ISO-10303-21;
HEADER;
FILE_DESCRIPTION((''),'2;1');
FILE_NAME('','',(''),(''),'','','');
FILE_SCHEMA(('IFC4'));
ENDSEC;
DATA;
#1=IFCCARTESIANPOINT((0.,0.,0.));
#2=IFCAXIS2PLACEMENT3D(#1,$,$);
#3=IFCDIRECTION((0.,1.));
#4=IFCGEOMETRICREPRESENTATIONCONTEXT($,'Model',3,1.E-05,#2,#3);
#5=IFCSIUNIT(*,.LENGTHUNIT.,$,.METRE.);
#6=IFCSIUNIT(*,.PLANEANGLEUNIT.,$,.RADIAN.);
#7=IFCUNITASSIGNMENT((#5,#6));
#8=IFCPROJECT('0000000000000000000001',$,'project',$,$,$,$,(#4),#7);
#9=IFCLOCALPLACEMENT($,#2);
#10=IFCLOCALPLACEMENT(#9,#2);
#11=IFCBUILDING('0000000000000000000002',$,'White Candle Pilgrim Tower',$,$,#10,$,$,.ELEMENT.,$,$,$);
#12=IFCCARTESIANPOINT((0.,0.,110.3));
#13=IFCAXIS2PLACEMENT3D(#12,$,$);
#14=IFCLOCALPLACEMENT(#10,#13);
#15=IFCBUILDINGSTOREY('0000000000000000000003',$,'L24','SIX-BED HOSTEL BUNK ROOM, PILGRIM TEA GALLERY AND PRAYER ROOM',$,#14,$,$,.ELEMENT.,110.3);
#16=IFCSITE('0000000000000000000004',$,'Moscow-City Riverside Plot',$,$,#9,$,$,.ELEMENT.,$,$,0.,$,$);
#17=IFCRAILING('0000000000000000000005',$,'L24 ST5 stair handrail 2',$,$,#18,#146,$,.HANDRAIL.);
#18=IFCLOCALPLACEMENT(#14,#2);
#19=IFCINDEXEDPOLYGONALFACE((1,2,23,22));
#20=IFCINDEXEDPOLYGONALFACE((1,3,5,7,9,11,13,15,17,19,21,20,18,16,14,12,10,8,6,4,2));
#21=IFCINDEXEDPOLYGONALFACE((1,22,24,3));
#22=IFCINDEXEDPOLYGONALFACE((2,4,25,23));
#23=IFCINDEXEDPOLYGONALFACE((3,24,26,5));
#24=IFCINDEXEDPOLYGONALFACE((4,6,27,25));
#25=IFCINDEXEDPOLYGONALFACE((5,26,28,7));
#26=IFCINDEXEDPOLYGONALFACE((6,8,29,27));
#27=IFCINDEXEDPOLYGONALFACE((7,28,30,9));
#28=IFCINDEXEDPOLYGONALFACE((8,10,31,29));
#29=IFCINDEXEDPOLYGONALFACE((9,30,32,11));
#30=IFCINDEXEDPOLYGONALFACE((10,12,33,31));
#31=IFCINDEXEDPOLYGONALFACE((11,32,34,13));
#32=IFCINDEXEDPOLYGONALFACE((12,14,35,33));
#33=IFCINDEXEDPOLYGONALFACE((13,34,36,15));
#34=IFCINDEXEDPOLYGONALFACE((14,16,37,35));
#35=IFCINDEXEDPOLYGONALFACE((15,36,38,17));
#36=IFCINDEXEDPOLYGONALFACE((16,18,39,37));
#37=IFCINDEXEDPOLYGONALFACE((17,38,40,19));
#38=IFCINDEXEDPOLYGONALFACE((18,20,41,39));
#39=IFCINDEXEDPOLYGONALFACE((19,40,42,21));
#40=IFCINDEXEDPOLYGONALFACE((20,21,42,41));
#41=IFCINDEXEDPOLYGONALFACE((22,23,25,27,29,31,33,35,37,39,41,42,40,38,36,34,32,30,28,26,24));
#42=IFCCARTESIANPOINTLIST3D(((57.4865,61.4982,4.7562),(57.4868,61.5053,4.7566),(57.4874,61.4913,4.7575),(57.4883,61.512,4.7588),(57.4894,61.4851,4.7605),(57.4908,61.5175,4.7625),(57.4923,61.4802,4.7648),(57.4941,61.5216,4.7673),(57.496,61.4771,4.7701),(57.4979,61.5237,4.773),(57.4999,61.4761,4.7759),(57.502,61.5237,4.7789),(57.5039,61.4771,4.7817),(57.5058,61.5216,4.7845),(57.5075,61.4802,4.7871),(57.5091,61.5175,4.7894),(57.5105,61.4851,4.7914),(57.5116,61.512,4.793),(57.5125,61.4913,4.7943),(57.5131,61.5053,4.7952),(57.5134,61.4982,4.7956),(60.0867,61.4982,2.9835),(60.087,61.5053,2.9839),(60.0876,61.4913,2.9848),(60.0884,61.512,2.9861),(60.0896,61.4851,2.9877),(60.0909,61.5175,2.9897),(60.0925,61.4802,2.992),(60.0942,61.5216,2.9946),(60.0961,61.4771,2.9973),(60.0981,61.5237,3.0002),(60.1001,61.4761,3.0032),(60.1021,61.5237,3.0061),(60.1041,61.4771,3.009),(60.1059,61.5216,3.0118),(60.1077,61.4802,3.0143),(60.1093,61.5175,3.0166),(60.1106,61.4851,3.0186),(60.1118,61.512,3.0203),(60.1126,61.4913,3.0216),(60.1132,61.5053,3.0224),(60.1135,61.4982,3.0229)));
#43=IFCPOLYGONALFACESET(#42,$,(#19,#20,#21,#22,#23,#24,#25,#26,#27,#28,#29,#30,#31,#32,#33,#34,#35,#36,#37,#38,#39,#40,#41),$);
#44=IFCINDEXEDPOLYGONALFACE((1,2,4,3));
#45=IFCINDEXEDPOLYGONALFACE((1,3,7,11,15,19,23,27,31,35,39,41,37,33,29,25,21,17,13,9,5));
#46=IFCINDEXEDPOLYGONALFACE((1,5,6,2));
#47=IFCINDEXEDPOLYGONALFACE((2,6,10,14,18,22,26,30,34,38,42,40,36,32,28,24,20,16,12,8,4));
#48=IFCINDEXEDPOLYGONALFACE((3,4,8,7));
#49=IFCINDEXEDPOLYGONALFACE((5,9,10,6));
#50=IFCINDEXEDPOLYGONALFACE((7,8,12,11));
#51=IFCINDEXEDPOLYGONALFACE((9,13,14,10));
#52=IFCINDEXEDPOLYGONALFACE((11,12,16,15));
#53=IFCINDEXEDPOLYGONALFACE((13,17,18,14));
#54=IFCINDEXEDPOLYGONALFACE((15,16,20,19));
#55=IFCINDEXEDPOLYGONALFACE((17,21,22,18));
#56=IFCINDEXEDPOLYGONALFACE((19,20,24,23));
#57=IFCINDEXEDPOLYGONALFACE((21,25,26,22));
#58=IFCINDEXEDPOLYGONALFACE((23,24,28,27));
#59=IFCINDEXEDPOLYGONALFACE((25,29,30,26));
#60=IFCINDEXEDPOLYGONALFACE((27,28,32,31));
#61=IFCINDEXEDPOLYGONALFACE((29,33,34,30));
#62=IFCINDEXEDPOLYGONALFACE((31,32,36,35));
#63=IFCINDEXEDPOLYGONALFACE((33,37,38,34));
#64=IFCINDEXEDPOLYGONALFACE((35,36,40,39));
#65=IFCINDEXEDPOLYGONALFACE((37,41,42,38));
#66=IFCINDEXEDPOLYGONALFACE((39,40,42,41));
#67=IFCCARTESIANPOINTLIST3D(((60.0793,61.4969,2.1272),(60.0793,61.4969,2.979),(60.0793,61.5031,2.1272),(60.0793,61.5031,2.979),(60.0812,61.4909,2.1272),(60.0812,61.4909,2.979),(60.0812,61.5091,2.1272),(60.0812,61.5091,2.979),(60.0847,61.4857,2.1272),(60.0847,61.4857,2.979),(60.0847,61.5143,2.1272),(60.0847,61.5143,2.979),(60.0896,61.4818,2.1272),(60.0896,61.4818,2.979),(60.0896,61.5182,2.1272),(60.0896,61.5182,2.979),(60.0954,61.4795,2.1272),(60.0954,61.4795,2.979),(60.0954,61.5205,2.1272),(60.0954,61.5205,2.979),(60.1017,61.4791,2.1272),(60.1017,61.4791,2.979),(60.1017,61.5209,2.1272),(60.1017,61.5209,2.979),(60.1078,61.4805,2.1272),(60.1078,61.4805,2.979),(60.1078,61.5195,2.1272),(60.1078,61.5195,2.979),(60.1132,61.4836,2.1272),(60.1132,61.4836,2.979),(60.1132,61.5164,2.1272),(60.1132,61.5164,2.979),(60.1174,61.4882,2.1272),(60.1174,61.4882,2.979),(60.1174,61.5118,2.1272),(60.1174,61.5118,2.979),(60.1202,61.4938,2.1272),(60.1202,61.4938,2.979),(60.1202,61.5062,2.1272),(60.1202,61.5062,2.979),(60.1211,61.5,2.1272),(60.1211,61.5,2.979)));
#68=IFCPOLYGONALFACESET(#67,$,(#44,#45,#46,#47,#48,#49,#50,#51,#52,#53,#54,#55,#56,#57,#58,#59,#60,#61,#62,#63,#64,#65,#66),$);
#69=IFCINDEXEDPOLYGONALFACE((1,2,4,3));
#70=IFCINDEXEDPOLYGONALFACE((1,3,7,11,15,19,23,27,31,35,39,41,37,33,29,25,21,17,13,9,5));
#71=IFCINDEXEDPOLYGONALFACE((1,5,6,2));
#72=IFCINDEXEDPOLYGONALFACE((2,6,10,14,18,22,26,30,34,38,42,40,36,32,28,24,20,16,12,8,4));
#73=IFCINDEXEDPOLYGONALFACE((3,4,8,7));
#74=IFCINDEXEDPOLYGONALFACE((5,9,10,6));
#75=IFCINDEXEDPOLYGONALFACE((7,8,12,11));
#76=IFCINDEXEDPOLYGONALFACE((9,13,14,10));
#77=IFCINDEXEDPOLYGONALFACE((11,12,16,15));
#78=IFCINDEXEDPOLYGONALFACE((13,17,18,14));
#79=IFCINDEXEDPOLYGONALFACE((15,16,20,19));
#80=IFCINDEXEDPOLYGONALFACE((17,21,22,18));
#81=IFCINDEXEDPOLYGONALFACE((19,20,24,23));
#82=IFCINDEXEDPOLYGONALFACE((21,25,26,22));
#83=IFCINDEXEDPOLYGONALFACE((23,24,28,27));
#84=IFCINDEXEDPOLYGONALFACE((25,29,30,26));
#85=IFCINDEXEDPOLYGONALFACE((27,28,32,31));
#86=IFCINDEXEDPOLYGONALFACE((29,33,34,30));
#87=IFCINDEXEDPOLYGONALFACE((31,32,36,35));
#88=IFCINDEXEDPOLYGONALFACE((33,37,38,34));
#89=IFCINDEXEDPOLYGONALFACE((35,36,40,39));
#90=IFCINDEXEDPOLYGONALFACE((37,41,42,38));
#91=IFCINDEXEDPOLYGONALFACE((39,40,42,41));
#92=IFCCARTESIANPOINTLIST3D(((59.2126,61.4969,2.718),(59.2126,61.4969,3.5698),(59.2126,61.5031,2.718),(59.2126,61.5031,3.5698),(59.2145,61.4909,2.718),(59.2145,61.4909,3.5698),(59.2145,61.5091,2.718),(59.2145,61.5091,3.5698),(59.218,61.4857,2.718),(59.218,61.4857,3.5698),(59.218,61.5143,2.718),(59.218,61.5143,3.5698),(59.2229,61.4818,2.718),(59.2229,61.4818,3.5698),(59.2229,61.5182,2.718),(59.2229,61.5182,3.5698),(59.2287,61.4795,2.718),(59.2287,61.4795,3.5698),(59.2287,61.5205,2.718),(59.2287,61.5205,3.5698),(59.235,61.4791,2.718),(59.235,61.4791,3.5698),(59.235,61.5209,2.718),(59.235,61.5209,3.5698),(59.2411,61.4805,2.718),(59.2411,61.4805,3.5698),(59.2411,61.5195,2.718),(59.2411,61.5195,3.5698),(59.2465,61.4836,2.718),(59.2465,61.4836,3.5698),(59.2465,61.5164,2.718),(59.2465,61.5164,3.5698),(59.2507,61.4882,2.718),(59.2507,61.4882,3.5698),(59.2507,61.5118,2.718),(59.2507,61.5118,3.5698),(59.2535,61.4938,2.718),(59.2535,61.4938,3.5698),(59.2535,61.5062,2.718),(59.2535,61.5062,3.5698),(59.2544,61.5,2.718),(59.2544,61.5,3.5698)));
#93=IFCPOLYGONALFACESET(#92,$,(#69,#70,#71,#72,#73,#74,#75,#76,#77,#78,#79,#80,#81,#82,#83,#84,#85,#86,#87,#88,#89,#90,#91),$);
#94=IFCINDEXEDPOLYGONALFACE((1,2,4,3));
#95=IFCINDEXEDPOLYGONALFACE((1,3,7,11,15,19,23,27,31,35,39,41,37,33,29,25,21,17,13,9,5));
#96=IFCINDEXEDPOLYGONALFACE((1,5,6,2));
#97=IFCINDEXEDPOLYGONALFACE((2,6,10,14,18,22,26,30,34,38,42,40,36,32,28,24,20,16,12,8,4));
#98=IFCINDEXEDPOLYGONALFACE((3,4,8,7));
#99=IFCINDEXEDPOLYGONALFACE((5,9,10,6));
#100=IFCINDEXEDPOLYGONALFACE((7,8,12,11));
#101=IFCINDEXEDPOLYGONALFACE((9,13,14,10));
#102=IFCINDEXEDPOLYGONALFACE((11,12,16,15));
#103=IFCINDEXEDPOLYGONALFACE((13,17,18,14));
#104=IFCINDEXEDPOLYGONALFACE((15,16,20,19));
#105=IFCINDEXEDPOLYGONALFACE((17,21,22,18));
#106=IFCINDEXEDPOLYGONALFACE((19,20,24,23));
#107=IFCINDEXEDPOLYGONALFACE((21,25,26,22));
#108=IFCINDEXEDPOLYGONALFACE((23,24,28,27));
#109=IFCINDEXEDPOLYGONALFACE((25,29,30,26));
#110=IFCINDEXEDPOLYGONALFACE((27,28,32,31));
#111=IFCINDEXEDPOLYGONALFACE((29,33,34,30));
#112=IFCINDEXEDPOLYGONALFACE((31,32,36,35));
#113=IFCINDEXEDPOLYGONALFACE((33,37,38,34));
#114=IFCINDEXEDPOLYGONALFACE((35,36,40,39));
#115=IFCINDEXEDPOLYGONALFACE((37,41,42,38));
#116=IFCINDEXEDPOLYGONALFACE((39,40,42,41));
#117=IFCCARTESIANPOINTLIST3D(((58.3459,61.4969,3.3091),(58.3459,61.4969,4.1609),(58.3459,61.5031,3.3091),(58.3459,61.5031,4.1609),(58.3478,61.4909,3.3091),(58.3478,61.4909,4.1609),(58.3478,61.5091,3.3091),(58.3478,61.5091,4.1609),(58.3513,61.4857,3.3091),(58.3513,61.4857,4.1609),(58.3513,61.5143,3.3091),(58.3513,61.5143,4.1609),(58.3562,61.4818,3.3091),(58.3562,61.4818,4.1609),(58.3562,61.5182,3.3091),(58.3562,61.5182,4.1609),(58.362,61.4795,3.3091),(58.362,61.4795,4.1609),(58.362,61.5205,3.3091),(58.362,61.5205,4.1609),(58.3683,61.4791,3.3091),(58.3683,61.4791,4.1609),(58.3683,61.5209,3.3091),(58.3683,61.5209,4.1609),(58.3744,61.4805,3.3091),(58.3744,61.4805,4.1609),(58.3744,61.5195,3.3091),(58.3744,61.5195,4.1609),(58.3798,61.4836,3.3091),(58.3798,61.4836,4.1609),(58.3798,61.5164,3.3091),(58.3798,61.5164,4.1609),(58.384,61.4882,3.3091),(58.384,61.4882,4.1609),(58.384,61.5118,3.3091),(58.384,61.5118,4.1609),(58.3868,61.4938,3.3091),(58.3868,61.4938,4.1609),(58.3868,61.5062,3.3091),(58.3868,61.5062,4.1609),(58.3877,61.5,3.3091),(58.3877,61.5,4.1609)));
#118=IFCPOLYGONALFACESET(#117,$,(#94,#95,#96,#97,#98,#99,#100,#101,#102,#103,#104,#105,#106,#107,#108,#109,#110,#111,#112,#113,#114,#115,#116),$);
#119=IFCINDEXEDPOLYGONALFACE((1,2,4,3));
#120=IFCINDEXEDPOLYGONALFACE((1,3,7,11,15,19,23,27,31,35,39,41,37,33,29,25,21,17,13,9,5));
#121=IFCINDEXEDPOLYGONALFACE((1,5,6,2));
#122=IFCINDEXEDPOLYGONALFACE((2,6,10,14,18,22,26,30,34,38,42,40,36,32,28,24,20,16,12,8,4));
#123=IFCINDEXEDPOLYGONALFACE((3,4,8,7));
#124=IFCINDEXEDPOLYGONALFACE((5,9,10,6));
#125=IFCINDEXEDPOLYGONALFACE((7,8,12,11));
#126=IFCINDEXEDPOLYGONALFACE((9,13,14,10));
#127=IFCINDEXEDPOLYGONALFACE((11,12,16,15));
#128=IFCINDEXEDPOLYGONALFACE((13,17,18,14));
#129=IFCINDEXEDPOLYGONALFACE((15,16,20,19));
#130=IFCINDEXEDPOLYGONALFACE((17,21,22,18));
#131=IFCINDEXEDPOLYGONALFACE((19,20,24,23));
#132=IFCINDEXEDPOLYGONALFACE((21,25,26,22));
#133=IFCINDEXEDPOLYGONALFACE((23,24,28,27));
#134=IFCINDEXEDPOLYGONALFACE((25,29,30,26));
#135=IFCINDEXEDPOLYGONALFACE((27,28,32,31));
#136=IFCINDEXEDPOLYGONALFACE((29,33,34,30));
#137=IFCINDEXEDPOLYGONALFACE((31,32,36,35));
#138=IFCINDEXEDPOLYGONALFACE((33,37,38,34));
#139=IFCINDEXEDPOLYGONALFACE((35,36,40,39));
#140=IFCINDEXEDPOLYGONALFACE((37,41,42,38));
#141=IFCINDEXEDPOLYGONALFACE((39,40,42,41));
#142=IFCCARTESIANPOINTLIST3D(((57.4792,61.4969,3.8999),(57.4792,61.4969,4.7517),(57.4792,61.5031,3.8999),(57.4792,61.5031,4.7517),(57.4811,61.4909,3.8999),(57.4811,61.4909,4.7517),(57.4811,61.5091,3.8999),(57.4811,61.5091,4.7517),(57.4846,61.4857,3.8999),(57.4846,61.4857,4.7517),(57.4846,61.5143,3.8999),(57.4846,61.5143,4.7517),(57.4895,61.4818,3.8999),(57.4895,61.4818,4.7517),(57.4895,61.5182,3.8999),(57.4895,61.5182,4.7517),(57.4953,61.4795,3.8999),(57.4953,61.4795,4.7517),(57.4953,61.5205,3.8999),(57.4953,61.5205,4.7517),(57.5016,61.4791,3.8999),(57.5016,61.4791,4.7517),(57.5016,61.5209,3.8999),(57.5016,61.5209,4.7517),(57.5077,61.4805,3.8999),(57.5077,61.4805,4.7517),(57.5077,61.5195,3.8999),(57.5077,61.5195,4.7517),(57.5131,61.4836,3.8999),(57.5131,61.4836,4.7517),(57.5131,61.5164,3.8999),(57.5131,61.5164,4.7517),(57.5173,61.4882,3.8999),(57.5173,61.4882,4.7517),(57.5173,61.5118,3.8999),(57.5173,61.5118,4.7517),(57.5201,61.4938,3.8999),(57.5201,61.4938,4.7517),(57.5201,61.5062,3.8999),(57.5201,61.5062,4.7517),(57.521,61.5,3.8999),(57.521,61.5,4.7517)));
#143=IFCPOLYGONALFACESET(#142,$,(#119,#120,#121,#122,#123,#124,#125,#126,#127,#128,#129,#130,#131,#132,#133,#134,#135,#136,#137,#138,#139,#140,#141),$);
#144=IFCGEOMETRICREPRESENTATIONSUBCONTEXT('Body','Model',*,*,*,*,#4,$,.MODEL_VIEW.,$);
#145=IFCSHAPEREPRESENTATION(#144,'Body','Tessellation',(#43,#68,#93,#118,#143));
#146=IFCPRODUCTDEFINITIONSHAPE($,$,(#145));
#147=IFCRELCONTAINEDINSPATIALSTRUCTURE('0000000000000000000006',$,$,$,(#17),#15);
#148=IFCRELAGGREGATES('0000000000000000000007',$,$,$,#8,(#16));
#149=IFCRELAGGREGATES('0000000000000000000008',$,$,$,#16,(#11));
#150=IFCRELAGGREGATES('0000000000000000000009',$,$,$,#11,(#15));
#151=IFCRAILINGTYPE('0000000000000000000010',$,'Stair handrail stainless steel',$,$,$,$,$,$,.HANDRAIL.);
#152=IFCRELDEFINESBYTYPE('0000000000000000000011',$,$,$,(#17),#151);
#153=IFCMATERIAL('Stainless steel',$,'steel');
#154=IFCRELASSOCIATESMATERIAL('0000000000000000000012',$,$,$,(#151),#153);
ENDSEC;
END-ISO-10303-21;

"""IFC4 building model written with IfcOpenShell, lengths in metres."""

from ifc_helpers import new_model, si_unit, direction, frame, origin, origin_2d, place, context, subcontext, project, spatial, circle, extrude, material, type_object, element, save


model = new_model("IFC4")

# Units and contexts
model_context = context("Model", 3, precision=1e-05, world=origin(), true_north=direction((0.0, 1.0)))
body_context = subcontext(model_context, "Body", "Model", "MODEL_VIEW")
ifc_project = project(units=[si_unit("LENGTHUNIT", "METRE"), si_unit("PLANEANGLEUNIT", "RADIAN")], contexts=[model_context])

# Site, building, storey
site_placement = place(None, origin())
site = spatial("IfcSite", under=ifc_project, at=site_placement, Name="Moscow-City Riverside Plot", CompositionType="ELEMENT", RefElevation=0.0)
building_placement = place(site_placement, origin())
building = spatial("IfcBuilding", under=site, at=building_placement, Name="White Candle Pilgrim Tower", CompositionType="ELEMENT")
storey_placement = place(building_placement, frame((0.0, 0.0, 110.3)))
storey = spatial("IfcBuildingStorey", under=building, at=storey_placement, Name="L24", Description="SIX-BED HOSTEL BUNK ROOM, PILGRIM TEA GALLERY AND PRAYER ROOM", CompositionType="ELEMENT", Elevation=110.3)

# Railing
ifc_material_1 = material(Name="Stainless steel", Category="steel")
railing_type_1 = type_object("IfcRailingType", Name="Stair handrail stainless steel", PredefinedType="HANDRAIL", material=ifc_material_1)
railing_1_placement = place(storey_placement, frame((60.1001, 61.5, 2.1272)))
element("IfcRailing", 1, at=railing_1_placement, inside=storey, type_object=railing_type_1, Name="L24 ST5 stair handrail 2", PredefinedType="HANDRAIL", context=body_context, shape_type="SweptSolid", body=[
    extrude(circle(Radius=0.0239, at=origin_2d()), frame((0.0, 0.0, 0.876), z_axis=(-0.82624, 0.0, 0.563318), x_axis=(0.0, -1.0, 0.0)), (0.0, 0.0, 1.0), 3.147),
    extrude(circle(Radius=0.021, at=origin_2d()), origin(), (0.0, 0.0, 1.0), 0.8518),
    extrude(circle(Radius=0.021, at=origin_2d()), frame((-0.8667, 0.0, 0.5908)), (0.0, 0.0, 1.0), 0.8518),
    extrude(circle(Radius=0.021, at=origin_2d()), frame((-1.7334, 0.0, 1.1819)), (0.0, 0.0, 1.0), 0.8518),
    extrude(circle(Radius=0.021, at=origin_2d()), frame((-2.6001, 0.0, 1.7727)), (0.0, 0.0, 1.0), 0.8518),
])

save(model, "model.ifc")
